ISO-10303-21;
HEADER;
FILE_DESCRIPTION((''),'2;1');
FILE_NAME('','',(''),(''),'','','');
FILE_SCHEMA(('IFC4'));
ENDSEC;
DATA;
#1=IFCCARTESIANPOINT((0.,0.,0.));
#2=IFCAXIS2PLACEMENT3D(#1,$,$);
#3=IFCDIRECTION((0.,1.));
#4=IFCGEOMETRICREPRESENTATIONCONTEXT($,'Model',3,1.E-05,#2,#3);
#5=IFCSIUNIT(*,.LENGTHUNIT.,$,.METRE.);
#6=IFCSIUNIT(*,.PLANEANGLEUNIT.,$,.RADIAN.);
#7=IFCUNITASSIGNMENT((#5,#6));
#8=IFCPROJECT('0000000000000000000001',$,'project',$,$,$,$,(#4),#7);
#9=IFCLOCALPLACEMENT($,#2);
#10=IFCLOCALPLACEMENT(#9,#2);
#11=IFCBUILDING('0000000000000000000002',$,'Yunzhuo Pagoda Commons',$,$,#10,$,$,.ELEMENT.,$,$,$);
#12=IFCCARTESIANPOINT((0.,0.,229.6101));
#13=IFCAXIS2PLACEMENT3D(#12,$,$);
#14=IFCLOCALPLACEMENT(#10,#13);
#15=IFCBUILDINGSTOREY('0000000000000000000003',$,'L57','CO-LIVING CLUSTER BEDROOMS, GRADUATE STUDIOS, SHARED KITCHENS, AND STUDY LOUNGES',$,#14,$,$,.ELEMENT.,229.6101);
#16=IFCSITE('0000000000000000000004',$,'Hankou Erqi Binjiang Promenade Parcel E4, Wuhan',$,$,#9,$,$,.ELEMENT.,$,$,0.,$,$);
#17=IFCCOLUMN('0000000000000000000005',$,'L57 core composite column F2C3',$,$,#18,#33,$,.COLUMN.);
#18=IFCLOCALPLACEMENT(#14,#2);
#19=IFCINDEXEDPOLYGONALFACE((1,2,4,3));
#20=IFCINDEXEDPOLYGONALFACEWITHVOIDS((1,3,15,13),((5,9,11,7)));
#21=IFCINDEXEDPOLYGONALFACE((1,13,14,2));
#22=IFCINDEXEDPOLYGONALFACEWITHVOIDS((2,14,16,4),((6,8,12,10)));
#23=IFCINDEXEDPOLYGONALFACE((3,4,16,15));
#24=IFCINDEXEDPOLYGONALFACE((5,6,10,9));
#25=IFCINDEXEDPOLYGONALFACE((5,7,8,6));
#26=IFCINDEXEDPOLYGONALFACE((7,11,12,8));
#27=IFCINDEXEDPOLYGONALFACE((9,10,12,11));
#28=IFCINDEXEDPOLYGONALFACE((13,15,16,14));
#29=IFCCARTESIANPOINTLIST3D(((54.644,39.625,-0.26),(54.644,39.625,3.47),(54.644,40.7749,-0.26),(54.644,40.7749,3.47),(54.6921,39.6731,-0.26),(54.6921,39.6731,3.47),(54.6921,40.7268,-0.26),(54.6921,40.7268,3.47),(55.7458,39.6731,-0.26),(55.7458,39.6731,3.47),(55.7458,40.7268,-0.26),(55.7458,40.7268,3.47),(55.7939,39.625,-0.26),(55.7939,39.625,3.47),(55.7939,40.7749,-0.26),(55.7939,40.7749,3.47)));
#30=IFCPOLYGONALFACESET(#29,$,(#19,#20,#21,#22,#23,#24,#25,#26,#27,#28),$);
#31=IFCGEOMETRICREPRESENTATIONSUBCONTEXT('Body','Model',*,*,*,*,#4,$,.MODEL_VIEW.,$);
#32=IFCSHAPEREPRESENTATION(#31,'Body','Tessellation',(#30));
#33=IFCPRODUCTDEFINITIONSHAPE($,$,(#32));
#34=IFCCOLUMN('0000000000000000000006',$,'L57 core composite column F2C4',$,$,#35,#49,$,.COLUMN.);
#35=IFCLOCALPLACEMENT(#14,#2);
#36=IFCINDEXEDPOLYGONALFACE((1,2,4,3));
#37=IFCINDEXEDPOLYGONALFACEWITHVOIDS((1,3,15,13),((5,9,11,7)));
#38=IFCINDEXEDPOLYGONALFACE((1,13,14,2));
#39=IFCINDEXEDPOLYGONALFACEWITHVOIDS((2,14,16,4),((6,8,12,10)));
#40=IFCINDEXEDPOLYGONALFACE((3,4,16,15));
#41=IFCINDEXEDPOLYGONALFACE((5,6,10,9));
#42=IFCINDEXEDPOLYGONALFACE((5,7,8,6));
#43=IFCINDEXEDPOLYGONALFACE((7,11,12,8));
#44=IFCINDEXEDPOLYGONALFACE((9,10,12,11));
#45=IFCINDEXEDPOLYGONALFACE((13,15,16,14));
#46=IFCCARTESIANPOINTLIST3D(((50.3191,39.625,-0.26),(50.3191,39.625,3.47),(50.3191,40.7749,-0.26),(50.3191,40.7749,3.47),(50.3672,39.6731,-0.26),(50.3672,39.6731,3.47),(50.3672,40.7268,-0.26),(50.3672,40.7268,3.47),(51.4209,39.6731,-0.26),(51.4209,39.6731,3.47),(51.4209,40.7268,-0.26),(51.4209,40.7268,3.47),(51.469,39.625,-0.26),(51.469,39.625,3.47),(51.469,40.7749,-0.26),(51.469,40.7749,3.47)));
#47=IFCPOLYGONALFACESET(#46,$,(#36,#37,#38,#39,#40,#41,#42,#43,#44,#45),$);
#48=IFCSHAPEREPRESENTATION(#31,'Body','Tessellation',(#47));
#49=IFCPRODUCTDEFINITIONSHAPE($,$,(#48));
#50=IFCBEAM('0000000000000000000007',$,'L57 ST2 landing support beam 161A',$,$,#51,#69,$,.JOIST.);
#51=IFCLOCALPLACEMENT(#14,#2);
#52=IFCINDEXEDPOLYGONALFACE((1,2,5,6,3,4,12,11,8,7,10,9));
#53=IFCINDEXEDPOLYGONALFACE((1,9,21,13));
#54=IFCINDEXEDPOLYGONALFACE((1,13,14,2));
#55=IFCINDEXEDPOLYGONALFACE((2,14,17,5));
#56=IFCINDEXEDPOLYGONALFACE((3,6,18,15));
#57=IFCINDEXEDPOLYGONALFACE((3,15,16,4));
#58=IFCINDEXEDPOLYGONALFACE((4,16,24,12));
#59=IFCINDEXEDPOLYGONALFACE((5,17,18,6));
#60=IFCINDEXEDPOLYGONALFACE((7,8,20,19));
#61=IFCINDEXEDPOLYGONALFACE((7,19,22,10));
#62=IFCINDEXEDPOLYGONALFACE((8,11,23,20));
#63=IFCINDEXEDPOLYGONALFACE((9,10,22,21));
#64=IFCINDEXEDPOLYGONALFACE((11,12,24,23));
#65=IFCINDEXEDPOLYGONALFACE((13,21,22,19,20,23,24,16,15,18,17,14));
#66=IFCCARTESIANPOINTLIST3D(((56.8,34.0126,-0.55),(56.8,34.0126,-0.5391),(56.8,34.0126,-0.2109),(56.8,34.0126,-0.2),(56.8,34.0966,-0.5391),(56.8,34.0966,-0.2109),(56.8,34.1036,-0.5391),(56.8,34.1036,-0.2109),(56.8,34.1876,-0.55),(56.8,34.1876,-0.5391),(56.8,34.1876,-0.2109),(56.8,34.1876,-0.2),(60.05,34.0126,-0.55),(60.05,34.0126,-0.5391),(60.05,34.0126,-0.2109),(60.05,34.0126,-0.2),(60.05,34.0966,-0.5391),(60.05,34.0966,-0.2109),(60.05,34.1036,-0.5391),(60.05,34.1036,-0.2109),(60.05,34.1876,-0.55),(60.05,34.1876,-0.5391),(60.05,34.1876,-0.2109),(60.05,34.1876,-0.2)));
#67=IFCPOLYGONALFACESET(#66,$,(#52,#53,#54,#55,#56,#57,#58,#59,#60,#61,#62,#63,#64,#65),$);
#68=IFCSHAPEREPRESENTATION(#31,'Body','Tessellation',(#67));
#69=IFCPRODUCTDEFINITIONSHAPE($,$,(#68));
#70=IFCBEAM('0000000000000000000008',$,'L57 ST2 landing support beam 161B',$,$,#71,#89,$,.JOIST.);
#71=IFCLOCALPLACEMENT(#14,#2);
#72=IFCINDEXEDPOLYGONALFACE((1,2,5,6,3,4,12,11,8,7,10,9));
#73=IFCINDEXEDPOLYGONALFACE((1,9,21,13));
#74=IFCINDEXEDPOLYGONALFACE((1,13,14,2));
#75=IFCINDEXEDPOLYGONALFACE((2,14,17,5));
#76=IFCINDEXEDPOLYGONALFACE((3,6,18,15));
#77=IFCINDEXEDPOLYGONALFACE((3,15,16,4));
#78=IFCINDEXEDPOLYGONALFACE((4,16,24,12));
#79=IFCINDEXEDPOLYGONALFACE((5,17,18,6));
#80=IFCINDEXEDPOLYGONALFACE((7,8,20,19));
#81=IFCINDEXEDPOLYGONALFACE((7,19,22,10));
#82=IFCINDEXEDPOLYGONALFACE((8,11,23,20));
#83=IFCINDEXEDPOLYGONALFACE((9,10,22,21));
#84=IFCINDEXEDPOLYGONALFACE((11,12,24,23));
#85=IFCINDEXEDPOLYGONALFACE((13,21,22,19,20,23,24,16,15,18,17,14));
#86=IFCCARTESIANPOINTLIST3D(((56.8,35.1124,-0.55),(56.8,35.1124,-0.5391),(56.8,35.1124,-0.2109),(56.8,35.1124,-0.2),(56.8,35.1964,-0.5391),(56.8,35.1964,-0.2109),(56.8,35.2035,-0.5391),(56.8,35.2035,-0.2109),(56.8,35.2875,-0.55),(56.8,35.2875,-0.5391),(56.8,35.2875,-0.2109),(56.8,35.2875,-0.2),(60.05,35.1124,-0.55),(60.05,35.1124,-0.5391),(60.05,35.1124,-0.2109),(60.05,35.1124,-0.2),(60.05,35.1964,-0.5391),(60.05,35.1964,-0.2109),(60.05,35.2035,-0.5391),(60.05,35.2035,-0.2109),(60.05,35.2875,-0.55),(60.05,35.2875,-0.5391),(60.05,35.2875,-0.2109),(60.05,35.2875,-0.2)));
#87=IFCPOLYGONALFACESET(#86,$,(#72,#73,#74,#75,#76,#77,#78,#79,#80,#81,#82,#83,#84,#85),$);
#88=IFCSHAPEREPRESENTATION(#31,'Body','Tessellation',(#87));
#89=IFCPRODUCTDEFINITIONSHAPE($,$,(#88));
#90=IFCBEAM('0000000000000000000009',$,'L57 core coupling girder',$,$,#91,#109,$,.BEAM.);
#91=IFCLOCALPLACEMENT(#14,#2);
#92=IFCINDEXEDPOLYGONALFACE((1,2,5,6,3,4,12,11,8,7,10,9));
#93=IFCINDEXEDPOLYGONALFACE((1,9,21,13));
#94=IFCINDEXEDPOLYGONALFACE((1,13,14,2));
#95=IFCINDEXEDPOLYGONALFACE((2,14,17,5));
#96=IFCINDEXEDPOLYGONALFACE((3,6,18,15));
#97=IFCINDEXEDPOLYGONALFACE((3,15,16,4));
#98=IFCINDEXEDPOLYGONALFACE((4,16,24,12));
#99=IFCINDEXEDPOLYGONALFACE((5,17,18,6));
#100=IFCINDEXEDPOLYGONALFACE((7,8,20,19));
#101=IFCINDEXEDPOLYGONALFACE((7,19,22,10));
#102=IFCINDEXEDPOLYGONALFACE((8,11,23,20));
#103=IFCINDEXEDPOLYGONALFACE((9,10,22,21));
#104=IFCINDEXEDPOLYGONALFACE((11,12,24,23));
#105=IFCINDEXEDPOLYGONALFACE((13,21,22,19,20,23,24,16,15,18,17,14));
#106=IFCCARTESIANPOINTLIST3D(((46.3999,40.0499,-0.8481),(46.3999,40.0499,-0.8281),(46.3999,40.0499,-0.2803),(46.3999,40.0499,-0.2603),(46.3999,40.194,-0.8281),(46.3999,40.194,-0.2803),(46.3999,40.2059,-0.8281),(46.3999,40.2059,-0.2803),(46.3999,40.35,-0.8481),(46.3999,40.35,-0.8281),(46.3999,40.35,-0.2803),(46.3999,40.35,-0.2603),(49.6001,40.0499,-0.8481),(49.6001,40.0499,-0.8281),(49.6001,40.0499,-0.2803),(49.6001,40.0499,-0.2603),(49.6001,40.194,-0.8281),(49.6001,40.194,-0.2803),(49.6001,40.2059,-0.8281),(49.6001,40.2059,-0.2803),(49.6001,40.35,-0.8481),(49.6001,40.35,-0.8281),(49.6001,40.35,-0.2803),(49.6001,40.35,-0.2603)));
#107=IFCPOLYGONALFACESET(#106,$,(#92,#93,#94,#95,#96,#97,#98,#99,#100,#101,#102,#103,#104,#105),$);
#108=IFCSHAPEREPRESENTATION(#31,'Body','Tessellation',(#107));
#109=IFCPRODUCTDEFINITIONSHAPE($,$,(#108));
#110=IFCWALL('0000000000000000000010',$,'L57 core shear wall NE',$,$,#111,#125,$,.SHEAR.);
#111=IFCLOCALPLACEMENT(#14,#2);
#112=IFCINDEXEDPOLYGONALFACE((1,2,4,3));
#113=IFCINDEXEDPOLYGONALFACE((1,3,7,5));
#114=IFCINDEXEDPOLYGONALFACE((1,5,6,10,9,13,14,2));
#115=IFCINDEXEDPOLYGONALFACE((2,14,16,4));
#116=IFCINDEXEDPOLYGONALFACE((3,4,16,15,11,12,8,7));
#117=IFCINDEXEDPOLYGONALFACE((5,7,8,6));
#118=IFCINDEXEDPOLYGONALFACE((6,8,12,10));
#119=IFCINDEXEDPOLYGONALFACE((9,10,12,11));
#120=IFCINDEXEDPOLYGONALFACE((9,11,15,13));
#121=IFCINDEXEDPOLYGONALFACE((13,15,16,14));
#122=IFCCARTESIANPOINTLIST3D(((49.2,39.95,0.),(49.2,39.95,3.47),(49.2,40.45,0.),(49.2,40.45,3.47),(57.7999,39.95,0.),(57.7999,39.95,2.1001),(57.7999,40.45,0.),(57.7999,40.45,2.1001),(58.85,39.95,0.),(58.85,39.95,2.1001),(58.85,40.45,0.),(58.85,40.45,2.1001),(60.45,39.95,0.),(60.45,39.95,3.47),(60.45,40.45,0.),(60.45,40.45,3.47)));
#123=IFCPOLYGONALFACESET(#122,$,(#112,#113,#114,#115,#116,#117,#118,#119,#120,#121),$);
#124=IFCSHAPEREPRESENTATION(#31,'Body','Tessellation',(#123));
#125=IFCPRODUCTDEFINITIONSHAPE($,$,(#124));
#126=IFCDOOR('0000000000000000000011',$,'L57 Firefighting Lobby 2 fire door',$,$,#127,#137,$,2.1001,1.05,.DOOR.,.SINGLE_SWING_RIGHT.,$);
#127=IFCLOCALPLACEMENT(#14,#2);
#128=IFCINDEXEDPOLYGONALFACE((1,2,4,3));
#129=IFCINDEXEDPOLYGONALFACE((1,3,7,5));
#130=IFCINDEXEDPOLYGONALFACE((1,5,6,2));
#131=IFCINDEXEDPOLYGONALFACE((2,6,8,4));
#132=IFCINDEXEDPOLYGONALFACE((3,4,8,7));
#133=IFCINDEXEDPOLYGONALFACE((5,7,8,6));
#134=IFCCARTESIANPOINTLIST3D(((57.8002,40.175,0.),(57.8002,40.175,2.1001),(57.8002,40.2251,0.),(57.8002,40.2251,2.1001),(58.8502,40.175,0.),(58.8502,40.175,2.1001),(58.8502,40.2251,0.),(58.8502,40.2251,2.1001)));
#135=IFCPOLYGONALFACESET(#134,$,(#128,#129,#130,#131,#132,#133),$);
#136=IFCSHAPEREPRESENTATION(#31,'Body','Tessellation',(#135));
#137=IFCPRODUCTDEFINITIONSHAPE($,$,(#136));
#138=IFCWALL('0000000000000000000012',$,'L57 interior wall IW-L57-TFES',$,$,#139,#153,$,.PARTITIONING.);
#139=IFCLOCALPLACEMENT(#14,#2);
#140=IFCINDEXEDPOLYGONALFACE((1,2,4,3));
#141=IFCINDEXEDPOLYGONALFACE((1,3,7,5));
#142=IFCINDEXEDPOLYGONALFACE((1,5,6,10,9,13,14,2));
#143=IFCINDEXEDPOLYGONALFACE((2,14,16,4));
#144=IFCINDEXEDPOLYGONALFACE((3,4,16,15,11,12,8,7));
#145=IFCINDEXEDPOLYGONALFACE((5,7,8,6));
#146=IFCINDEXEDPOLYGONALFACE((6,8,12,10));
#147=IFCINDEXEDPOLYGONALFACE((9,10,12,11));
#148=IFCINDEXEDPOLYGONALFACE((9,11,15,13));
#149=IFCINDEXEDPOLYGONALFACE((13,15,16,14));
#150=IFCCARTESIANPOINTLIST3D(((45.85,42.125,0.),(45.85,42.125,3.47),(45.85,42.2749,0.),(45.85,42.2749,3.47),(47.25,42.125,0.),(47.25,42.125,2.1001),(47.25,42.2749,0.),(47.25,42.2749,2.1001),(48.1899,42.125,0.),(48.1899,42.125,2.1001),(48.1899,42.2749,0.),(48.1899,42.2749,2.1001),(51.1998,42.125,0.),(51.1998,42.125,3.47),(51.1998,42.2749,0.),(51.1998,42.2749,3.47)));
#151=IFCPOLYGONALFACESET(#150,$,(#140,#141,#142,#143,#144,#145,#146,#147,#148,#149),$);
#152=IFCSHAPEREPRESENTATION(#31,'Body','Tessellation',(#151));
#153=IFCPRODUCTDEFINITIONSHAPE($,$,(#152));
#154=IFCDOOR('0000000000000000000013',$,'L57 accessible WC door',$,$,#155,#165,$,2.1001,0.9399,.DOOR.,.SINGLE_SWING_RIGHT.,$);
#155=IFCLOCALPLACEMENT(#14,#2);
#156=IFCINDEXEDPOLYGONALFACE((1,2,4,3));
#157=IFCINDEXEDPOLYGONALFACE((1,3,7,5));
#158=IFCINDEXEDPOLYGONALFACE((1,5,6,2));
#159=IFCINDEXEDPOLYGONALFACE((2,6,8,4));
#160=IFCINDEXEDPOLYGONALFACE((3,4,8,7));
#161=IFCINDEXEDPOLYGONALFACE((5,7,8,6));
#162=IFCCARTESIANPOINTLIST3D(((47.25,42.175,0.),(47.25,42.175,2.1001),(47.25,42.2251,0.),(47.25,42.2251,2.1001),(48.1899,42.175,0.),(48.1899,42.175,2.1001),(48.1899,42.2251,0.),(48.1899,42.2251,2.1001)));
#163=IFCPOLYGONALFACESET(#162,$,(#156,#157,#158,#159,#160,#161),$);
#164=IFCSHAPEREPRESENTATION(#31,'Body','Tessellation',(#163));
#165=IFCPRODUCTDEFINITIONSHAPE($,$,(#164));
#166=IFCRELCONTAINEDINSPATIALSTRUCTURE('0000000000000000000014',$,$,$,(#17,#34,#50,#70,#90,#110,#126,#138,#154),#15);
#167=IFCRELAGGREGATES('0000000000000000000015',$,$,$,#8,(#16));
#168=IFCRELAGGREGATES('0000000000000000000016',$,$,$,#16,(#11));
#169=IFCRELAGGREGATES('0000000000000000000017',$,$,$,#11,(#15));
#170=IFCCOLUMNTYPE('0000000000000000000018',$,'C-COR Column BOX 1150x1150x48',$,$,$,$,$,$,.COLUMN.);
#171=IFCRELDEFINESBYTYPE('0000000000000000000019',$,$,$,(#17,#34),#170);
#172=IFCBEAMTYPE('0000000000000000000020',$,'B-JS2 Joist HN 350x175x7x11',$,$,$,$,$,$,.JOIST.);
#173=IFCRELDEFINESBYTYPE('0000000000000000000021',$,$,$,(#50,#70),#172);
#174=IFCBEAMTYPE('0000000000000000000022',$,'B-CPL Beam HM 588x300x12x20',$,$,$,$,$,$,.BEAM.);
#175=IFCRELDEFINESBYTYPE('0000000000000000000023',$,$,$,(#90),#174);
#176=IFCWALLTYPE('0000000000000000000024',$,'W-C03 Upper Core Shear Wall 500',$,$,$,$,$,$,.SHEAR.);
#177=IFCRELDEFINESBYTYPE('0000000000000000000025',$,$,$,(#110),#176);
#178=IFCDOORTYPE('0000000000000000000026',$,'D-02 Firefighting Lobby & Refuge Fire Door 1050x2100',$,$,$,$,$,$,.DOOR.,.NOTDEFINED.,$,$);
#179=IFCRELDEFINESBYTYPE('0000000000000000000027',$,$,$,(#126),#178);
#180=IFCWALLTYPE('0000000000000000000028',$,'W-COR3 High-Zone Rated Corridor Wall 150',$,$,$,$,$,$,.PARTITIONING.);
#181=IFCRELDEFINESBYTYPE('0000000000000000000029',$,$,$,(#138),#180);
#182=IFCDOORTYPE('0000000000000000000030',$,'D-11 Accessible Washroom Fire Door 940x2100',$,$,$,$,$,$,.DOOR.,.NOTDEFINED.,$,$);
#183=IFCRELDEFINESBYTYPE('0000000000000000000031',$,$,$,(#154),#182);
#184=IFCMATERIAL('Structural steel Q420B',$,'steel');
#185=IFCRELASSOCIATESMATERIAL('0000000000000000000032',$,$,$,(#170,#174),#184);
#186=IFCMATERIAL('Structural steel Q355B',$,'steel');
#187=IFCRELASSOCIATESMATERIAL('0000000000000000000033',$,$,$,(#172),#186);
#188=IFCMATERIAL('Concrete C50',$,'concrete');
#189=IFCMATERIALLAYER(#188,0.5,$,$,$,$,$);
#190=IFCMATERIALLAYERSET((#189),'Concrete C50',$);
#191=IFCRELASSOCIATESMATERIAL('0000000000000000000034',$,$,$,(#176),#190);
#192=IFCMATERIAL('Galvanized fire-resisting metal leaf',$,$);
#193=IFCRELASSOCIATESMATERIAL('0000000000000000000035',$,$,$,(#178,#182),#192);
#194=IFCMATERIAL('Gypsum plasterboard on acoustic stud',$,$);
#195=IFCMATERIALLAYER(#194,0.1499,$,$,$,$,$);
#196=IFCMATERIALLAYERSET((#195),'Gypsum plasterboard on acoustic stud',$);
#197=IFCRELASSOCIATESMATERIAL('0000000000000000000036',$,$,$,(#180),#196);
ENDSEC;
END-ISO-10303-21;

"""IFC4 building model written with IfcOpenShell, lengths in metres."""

from ifc_helpers import new_model, si_unit, direction, frame, frame_2d, origin, origin_2d, place, context, subcontext, project, spatial, rectangle, hollow_rectangle, i_section, extrude, source, transform, mapped, material, layer, layer_set, material_profile, profile_set, type_object, element, fill, save


model = new_model("IFC4")

# Units and contexts
model_context = context("Model", 3, precision=1e-05, world=origin(), true_north=direction((0.0, 1.0)))
body_context = subcontext(model_context, "Body", "Model", "MODEL_VIEW")
ifc_project = project(units=[si_unit("LENGTHUNIT", "METRE"), si_unit("PLANEANGLEUNIT", "RADIAN")], contexts=[model_context])

# Site, building, storey
site_placement = place(None, origin())
site = spatial("IfcSite", under=ifc_project, at=site_placement, Name="Hankou Erqi Binjiang Promenade Parcel E4, Wuhan", CompositionType="ELEMENT", RefElevation=0.0)
building_placement = place(site_placement, origin())
building = spatial("IfcBuilding", under=site, at=building_placement, Name="Yunzhuo Pagoda Commons", CompositionType="ELEMENT")
storey_placement = place(building_placement, frame((0.0, 0.0, 229.6101)))
storey = spatial("IfcBuildingStorey", under=building, at=storey_placement, Name="L57", Description="CO-LIVING CLUSTER BEDROOMS, GRADUATE STUDIOS, SHARED KITCHENS, AND STUDY LOUNGES", CompositionType="ELEMENT", Elevation=229.6101)

# Columns
ifc_material_1 = material(Name="Structural steel Q420B", Category="steel")
ifc_material_profile_1 = material_profile(ifc_material_1, hollow_rectangle(XDim=1.1499, YDim=1.1499, WallThickness=0.0481, at=origin_2d()), Name="Structural steel Q420B")
ifc_profile_set_1 = profile_set([ifc_material_profile_1], Name="Structural steel Q420B")
column_type = type_object("IfcColumnType", Name="C-COR Column BOX 1150x1150x48", PredefinedType="COLUMN", material=ifc_profile_set_1)
shared_shape_1 = source(origin(), body_context, "Body", "SweptSolid", [
    extrude(hollow_rectangle(XDim=1.1499, YDim=1.1499, WallThickness=0.0481, at=origin_2d()), origin(), (0.0, 0.0, 1.0), 3.73),
])
for number, where, z_axis, x_axis, name in (
    (1, (55.219, 40.2, -0.26), (0.0, 0.0, 1.0), (1.0, 0.0, 0.0), "L57 core composite column F2C3"),
    (2, (50.894, 40.2, -0.26), (0.0, 0.0, 1.0), (1.0, 0.0, 0.0), "L57 core composite column F2C4"),
):
    element("IfcColumn", number, at=place(storey_placement, frame(where, z_axis=z_axis, x_axis=x_axis)), inside=storey, type_object=column_type, Name=name, PredefinedType="COLUMN", context=body_context, shape_type="MappedRepresentation", body=[
        mapped(shared_shape_1, transform((0.0, 0.0, 0.0), scale=1.0)),
    ])

# Beams
ifc_material_2 = material(Name="Structural steel Q355B", Category="steel")
ifc_material_profile_2 = material_profile(ifc_material_2, i_section(OverallWidth=0.175, OverallDepth=0.3501, WebThickness=0.0071, FlangeThickness=0.011, at=origin_2d()), Name="Structural steel Q355B")
ifc_profile_set_2 = profile_set([ifc_material_profile_2], Name="Structural steel Q355B")
beam_type_1 = type_object("IfcBeamType", Name="B-JS2 Joist HN 350x175x7x11", PredefinedType="JOIST", material=ifc_profile_set_2)
shared_shape_2 = source(origin(), body_context, "Body", "SweptSolid", [
    extrude(i_section(OverallWidth=0.175, OverallDepth=0.3501, WebThickness=0.0071, FlangeThickness=0.011, at=origin_2d()), origin(), (0.0, 0.0, 1.0), 3.25),
])
for number, where, z_axis, x_axis, name in (
    (3, (56.8, 34.1001, -0.375), (1.0, 0.0, 0.0), (0.0, 1.0, 0.0), "L57 ST2 landing support beam 161A"),
    (4, (56.8, 35.2, -0.375), (1.0, 0.0, 0.0), (0.0, 1.0, 0.0), "L57 ST2 landing support beam 161B"),
):
    element("IfcBeam", number, at=place(storey_placement, frame(where, z_axis=z_axis, x_axis=x_axis)), inside=storey, type_object=beam_type_1, Name=name, PredefinedType="JOIST", context=body_context, shape_type="MappedRepresentation", body=[
        mapped(shared_shape_2, transform((0.0, 0.0, 0.0), scale=1.0)),
    ])
ifc_material_profile_3 = material_profile(ifc_material_1, i_section(OverallWidth=0.3, OverallDepth=0.5879, WebThickness=0.012, FlangeThickness=0.02, at=origin_2d()), Name="Structural steel Q420B")
ifc_profile_set_3 = profile_set([ifc_material_profile_3], Name="Structural steel Q420B")
beam_type_2 = type_object("IfcBeamType", Name="B-CPL Beam HM 588x300x12x20", PredefinedType="BEAM", material=ifc_profile_set_3)
shared_shape_3 = source(origin(), body_context, "Body", "SweptSolid", [
    extrude(i_section(OverallWidth=0.3, OverallDepth=0.5879, WebThickness=0.012, FlangeThickness=0.02, at=origin_2d()), origin(), (0.0, 0.0, 1.0), 3.2002),
])
beam_placement = place(storey_placement, frame((46.3999, 40.2, -0.5542), z_axis=(1.0, 0.0, 0.0), x_axis=(0.0, 1.0, 0.0)))
element("IfcBeam", 5, at=beam_placement, inside=storey, type_object=beam_type_2, Name="L57 core coupling girder", PredefinedType="BEAM", context=body_context, shape_type="MappedRepresentation", body=[
    mapped(shared_shape_3, transform((0.0, 0.0, 0.0), scale=1.0)),
])

# Walls, openings, doors
ifc_material_3 = material(Name="Concrete C50", Category="concrete")
ifc_layer_1 = layer(ifc_material_3, 0.5)
ifc_layer_set_1 = layer_set([ifc_layer_1], Name="Concrete C50")
wall_type_1 = type_object("IfcWallType", Name="W-C03 Upper Core Shear Wall 500", PredefinedType="SHEAR", material=ifc_layer_set_1)
wall_1_placement = place(storey_placement, frame((49.2, 40.2, 0.0), z_axis=(0.0, 0.0, 1.0), x_axis=(1.0, 0.0, 0.0)))
wall_1 = element("IfcWall", 6, at=wall_1_placement, inside=storey, type_object=wall_type_1, Name="L57 core shear wall NE", PredefinedType="SHEAR", context=body_context, shape_type="SweptSolid", body=[
    extrude(rectangle(XDim=11.25, YDim=0.5, at=frame_2d((5.625, 0.0))), origin(), (0.0, 0.0, 1.0), 3.47),
])
opening_1_placement = place(wall_1_placement, frame((8.6001, 0.0, 0.0)))
opening_1 = element("IfcOpeningElement", 7, at=opening_1_placement, cuts=wall_1, PredefinedType="OPENING", context=body_context, shape_type="SweptSolid", body=[
    extrude(rectangle(XDim=1.05, YDim=2.1001, at=frame_2d((0.5249, 1.05))), frame((0.0, 0.26, 0.0), z_axis=(0.0, -1.0, 0.0), x_axis=(1.0, 0.0, 0.0)), (0.0, 0.0, 1.0), 0.52),
])
ifc_material_4 = material(Name="Galvanized fire-resisting metal leaf")
door_type_1 = type_object("IfcDoorType", Name="D-02 Firefighting Lobby & Refuge Fire Door 1050x2100", OperationType="NOTDEFINED", PredefinedType="DOOR", material=ifc_material_4)
shared_shape_4 = source(origin(), body_context, "Body", "SweptSolid", [
    extrude(rectangle(XDim=1.05, YDim=2.1001, at=frame_2d((0.5249, 1.05))), frame((0.0, 0.0249, 0.0), z_axis=(0.0, -1.0, 0.0), x_axis=(1.0, 0.0, 0.0)), (0.0, 0.0, 1.0), 0.05),
])
door_1_placement = place(opening_1_placement, frame((1.05, 0.0, 0.0), z_axis=(0.0, 0.0, 1.0), x_axis=(-1.0, 0.0, 0.0)))
door_1 = element("IfcDoor", 8, at=door_1_placement, inside=storey, type_object=door_type_1, Name="L57 Firefighting Lobby 2 fire door", OperationType="SINGLE_SWING_RIGHT", OverallHeight=2.1001, OverallWidth=1.05, PredefinedType="DOOR", context=body_context, shape_type="MappedRepresentation", body=[
    mapped(shared_shape_4, transform((0.0, 0.0, 0.0), scale=1.0)),
])
fill(opening_1, door_1)
ifc_material_5 = material(Name="Gypsum plasterboard on acoustic stud")
ifc_layer_2 = layer(ifc_material_5, 0.1499)
ifc_layer_set_2 = layer_set([ifc_layer_2], Name="Gypsum plasterboard on acoustic stud")
wall_type_2 = type_object("IfcWallType", Name="W-COR3 High-Zone Rated Corridor Wall 150", PredefinedType="PARTITIONING", material=ifc_layer_set_2)
wall_2_placement = place(storey_placement, frame((45.8501, 42.2, 0.0), z_axis=(0.0, 0.0, 1.0), x_axis=(1.0, 0.0, 0.0)))
wall_2 = element("IfcWall", 9, at=wall_2_placement, inside=storey, type_object=wall_type_2, Name="L57 interior wall IW-L57-TFES", PredefinedType="PARTITIONING", context=body_context, shape_type="SweptSolid", body=[
    extrude(rectangle(XDim=5.3499, YDim=0.1499, at=frame_2d((2.6748, 0.0))), origin(), (0.0, 0.0, 1.0), 3.47),
])
opening_2_placement = place(wall_2_placement, frame((1.3999, 0.0, 0.0)))
opening_2 = element("IfcOpeningElement", 10, at=opening_2_placement, cuts=wall_2, PredefinedType="OPENING", context=body_context, shape_type="SweptSolid", body=[
    extrude(rectangle(XDim=0.9399, YDim=2.1001, at=frame_2d((0.47, 1.05))), frame((0.0, 0.085, 0.0), z_axis=(0.0, -1.0, 0.0), x_axis=(1.0, 0.0, 0.0)), (0.0, 0.0, 1.0), 0.1699),
])
door_type_2 = type_object("IfcDoorType", Name="D-11 Accessible Washroom Fire Door 940x2100", OperationType="NOTDEFINED", PredefinedType="DOOR", material=ifc_material_4)
shared_shape_5 = source(origin(), body_context, "Body", "SweptSolid", [
    extrude(rectangle(XDim=0.9399, YDim=2.1001, at=frame_2d((0.47, 1.05))), frame((0.0, 0.0249, 0.0), z_axis=(0.0, -1.0, 0.0), x_axis=(1.0, 0.0, 0.0)), (0.0, 0.0, 1.0), 0.05),
])
door_2_placement = place(opening_2_placement, frame((0.9399, 0.0, 0.0), z_axis=(0.0, 0.0, 1.0), x_axis=(-1.0, 0.0, 0.0)))
door_2 = element("IfcDoor", 11, at=door_2_placement, inside=storey, type_object=door_type_2, Name="L57 accessible WC door", OperationType="SINGLE_SWING_RIGHT", OverallHeight=2.1001, OverallWidth=0.9399, PredefinedType="DOOR", context=body_context, shape_type="MappedRepresentation", body=[
    mapped(shared_shape_5, transform((0.0, 0.0, 0.0), scale=1.0)),
])
fill(opening_2, door_2)

save(model, "model.ifc")
